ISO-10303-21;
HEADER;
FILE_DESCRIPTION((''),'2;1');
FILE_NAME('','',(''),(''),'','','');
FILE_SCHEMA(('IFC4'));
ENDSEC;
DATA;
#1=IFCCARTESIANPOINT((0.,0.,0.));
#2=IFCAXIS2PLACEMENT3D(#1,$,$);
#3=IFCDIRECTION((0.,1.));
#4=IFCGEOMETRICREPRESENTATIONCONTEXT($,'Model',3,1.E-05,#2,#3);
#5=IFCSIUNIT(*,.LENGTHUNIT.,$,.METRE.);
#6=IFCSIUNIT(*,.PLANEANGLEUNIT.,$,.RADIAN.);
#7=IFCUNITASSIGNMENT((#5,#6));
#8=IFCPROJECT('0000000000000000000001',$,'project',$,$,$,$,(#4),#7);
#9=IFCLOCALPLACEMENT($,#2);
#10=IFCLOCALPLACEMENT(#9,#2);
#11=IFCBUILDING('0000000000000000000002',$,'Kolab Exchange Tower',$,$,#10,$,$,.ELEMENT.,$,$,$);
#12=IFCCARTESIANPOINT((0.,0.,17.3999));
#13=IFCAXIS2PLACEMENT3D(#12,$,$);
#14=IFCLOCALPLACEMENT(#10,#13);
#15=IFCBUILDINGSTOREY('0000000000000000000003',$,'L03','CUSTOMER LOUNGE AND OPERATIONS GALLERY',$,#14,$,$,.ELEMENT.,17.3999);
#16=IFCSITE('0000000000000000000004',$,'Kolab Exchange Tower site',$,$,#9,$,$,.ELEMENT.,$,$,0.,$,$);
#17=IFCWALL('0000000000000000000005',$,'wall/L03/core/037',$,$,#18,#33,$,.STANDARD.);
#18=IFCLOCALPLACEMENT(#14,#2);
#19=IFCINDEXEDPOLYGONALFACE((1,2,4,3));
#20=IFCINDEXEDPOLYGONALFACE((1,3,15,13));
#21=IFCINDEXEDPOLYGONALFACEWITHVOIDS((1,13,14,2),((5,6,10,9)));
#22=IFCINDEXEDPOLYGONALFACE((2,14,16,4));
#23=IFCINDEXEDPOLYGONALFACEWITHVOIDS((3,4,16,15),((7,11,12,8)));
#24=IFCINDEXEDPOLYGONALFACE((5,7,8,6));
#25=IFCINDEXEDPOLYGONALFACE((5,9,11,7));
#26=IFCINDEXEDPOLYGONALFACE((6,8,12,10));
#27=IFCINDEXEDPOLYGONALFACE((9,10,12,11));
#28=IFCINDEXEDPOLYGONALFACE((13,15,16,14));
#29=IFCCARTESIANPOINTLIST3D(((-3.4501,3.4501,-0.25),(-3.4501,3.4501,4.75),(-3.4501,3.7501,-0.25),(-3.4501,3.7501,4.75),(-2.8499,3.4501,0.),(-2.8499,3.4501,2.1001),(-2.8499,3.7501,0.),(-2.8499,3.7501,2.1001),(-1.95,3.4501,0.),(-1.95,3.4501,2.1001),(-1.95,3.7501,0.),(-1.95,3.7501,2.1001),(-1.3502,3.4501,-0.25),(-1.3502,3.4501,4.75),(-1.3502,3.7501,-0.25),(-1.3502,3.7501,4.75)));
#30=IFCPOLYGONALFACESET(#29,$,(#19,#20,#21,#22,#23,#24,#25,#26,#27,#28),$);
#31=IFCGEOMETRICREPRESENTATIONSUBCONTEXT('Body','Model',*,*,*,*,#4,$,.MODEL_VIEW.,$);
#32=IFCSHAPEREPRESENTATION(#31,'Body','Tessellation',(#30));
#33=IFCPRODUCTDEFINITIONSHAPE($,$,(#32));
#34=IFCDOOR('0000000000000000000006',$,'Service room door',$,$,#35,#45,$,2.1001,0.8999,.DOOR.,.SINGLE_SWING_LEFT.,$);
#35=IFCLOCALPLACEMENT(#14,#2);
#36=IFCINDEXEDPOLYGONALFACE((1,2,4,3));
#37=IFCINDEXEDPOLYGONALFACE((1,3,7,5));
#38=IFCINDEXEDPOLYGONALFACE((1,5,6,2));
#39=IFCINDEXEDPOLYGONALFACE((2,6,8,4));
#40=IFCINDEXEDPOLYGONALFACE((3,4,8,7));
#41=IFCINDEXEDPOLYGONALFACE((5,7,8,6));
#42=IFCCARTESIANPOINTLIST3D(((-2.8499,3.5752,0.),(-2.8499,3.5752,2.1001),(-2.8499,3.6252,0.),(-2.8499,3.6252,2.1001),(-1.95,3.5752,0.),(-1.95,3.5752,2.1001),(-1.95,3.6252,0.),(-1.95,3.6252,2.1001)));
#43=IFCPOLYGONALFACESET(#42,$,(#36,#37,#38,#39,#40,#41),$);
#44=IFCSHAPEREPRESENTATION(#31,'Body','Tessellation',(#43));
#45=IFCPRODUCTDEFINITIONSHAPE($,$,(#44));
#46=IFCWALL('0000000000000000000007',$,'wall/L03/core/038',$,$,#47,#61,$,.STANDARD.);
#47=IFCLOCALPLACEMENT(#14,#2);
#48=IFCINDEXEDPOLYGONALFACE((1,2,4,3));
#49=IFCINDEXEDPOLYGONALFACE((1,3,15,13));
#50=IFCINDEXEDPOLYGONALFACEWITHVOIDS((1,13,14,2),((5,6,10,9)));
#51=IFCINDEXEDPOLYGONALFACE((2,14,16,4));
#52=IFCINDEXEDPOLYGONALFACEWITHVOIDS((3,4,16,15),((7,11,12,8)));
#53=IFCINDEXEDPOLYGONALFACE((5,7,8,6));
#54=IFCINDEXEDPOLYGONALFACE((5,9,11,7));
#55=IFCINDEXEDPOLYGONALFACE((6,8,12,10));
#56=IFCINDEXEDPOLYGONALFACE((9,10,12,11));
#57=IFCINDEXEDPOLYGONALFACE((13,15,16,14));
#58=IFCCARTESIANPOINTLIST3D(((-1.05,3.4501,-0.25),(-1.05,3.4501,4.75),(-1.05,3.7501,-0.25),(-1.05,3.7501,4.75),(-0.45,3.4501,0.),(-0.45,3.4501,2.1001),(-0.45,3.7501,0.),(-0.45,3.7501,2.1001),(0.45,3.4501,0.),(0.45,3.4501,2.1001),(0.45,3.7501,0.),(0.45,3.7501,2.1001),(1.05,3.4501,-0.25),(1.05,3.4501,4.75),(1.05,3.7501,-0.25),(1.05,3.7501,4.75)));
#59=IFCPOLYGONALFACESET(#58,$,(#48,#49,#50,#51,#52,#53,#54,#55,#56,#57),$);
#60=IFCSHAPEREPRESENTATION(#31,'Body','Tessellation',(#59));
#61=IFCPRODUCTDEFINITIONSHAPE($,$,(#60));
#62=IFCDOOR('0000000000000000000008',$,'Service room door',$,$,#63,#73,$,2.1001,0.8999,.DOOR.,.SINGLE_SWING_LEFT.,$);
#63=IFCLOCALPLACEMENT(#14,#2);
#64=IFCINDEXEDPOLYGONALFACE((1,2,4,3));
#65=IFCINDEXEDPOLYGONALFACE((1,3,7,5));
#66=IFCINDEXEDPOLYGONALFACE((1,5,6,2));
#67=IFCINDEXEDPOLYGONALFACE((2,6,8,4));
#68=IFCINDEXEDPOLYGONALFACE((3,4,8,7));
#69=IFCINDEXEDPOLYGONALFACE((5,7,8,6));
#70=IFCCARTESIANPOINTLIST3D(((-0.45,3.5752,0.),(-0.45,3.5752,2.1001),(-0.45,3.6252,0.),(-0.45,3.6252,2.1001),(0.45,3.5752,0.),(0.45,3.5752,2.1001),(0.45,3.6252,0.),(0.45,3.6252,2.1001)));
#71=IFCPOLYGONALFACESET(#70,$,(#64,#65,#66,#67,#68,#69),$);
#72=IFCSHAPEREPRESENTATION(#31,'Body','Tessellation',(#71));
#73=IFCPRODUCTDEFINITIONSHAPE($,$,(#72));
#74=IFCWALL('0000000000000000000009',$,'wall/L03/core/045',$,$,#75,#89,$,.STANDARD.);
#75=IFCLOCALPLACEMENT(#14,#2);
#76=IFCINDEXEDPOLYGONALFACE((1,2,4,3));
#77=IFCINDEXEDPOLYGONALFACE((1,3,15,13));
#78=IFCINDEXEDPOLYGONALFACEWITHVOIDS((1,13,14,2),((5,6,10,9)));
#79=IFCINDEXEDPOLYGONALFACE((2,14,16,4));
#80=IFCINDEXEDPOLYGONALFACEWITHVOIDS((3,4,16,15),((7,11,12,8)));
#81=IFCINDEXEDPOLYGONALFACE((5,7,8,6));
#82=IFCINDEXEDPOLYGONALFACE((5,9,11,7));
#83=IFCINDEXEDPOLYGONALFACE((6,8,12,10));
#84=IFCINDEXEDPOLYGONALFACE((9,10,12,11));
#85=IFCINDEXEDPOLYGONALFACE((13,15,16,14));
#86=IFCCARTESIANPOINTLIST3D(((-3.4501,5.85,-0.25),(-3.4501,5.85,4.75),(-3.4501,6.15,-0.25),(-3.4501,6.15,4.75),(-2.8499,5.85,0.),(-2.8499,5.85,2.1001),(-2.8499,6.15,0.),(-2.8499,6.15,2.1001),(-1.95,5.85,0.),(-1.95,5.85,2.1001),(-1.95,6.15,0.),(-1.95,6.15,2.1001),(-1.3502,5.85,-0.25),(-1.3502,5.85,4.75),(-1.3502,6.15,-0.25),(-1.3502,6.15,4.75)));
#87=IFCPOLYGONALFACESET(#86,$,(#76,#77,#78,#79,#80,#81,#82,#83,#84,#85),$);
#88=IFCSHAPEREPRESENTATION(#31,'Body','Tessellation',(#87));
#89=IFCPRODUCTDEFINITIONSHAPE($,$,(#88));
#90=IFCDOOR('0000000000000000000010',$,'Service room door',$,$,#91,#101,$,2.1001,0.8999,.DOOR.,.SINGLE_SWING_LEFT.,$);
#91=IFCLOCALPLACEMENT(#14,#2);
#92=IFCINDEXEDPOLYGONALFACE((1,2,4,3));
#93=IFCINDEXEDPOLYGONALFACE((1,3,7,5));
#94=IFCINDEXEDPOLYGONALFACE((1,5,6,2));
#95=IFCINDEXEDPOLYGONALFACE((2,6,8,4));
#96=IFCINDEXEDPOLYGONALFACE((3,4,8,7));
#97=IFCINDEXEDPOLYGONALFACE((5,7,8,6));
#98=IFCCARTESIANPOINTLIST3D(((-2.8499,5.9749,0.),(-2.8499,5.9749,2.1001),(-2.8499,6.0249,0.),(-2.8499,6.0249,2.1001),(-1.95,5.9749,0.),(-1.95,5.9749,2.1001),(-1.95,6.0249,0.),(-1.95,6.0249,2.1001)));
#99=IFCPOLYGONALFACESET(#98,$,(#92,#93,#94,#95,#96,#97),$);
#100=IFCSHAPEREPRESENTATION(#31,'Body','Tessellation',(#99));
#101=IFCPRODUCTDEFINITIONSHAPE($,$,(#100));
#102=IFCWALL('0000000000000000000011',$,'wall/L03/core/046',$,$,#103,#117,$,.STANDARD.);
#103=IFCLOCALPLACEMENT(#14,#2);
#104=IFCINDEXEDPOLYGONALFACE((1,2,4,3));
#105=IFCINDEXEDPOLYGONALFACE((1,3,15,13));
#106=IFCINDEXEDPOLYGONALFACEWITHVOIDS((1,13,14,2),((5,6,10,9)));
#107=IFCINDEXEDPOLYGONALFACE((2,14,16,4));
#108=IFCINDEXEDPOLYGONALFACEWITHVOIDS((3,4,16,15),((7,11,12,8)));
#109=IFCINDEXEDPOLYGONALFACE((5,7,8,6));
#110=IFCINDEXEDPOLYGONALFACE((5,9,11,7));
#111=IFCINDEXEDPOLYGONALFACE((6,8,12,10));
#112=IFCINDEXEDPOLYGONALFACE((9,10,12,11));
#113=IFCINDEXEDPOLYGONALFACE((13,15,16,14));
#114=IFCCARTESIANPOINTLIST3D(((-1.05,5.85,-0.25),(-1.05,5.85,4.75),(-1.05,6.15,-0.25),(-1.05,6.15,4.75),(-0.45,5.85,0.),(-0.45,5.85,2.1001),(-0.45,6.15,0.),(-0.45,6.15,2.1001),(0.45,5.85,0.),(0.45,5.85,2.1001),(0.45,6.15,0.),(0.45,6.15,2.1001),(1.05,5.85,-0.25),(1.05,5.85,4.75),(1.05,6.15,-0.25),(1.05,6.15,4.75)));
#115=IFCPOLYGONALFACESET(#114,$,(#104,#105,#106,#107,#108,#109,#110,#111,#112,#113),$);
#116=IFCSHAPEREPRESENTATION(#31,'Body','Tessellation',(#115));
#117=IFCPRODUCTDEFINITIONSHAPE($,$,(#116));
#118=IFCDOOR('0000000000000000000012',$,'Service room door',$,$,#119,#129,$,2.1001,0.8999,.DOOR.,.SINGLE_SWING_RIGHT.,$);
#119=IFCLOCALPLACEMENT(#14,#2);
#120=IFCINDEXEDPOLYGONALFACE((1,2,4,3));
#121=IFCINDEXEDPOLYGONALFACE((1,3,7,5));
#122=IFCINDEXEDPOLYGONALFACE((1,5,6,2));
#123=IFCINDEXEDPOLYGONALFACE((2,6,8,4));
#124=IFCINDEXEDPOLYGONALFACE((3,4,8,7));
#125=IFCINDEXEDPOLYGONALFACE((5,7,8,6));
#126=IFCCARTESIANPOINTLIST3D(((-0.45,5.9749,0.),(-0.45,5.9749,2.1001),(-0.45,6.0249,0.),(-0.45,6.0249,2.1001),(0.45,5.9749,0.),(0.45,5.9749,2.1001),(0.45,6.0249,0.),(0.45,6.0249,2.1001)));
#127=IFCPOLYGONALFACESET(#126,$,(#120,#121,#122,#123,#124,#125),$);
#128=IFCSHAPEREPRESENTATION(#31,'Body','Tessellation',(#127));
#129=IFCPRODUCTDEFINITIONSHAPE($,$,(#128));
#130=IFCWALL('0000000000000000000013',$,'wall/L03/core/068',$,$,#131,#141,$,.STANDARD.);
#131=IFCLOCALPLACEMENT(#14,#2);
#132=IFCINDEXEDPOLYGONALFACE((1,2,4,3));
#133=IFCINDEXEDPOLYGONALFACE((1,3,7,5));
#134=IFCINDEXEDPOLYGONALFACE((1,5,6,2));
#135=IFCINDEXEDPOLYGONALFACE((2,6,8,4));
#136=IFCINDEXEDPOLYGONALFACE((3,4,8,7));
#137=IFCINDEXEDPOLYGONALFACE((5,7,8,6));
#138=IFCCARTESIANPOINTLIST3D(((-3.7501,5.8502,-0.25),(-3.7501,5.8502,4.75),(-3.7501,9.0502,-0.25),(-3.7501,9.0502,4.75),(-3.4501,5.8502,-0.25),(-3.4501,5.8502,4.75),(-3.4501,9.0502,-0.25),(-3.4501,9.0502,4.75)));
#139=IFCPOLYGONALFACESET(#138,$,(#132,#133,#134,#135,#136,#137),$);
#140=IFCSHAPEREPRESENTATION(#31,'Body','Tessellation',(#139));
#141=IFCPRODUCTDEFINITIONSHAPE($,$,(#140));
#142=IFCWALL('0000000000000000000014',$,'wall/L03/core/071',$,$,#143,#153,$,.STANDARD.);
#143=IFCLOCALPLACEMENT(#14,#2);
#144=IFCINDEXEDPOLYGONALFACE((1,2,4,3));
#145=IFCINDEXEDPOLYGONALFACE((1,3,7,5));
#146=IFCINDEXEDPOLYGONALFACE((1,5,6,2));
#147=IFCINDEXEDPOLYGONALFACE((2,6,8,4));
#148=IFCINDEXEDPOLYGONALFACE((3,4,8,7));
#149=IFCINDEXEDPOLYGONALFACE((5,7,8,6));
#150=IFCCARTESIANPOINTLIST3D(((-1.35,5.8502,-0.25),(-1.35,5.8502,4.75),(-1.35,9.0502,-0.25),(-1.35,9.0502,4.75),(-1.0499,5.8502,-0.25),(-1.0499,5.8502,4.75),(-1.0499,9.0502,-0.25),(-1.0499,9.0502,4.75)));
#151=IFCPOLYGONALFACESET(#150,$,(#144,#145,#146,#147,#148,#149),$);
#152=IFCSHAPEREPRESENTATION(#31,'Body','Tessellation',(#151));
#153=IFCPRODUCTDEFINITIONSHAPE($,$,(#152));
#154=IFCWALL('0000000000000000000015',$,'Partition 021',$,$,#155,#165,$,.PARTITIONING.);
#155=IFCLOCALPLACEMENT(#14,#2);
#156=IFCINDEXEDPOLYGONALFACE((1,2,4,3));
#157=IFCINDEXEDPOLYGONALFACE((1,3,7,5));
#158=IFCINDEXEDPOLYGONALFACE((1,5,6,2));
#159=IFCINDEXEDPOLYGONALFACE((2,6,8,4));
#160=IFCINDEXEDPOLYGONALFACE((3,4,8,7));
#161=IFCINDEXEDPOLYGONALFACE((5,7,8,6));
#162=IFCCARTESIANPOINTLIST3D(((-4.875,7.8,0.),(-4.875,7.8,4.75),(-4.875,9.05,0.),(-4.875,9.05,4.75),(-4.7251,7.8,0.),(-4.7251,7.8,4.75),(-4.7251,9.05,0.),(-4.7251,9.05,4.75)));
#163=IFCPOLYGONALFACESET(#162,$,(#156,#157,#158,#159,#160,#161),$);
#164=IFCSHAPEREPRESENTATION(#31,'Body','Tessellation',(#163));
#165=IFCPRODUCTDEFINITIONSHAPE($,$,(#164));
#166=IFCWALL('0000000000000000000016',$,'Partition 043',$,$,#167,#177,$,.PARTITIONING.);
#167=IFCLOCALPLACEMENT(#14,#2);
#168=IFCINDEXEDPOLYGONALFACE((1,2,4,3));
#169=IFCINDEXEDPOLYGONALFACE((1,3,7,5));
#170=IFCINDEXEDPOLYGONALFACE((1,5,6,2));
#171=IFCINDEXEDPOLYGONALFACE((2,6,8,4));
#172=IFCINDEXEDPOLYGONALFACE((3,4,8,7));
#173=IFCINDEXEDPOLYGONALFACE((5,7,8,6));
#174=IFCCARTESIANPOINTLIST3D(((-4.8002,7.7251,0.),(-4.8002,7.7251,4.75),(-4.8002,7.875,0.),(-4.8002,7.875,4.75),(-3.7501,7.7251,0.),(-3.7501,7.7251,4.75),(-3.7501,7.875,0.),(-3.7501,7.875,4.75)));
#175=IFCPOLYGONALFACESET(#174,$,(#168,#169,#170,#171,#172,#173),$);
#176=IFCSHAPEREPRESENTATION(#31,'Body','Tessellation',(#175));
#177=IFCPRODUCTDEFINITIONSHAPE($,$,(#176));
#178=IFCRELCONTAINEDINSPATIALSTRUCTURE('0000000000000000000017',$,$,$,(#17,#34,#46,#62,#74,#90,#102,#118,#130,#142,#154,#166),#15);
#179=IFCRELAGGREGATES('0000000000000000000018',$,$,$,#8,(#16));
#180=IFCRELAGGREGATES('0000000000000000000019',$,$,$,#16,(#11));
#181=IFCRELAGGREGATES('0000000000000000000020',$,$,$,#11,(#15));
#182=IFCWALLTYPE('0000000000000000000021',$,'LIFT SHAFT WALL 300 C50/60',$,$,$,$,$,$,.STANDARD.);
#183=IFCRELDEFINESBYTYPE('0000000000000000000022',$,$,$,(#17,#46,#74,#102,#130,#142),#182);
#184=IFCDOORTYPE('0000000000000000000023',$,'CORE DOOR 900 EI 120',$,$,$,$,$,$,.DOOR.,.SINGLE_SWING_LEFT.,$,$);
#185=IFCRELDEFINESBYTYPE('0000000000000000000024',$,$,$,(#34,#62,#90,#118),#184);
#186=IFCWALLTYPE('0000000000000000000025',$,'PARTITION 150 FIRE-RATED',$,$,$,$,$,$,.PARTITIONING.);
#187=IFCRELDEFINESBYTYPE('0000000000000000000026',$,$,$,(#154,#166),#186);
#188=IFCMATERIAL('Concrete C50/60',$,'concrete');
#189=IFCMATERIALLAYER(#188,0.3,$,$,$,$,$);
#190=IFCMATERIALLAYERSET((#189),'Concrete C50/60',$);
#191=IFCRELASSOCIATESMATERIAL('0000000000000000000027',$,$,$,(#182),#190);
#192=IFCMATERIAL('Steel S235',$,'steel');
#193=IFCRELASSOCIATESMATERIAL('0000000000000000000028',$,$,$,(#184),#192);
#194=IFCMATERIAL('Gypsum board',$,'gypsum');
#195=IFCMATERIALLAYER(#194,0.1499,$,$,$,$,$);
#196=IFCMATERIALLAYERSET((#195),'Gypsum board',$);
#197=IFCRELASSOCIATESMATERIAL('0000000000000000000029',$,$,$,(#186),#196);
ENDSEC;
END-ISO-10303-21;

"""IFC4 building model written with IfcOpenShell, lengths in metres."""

from ifc_helpers import new_model, si_unit, direction, frame, frame_2d, origin, place, context, subcontext, project, spatial, rectangle, extrude, material, layer, layer_set, type_object, element, fill, save


model = new_model("IFC4")

# Units and contexts
model_context = context("Model", 3, precision=1e-05, world=origin(), true_north=direction((0.0, 1.0)))
body_context = subcontext(model_context, "Body", "Model", "MODEL_VIEW")
ifc_project = project(units=[si_unit("LENGTHUNIT", "METRE"), si_unit("PLANEANGLEUNIT", "RADIAN")], contexts=[model_context])

# Site, building, storey
site_placement = place(None, origin())
site = spatial("IfcSite", under=ifc_project, at=site_placement, Name="Kolab Exchange Tower site", CompositionType="ELEMENT", RefElevation=0.0)
building_placement = place(site_placement, origin())
building = spatial("IfcBuilding", under=site, at=building_placement, Name="Kolab Exchange Tower", CompositionType="ELEMENT")
storey_placement = place(building_placement, frame((0.0, 0.0, 17.3999)))
storey = spatial("IfcBuildingStorey", under=building, at=storey_placement, Name="L03", Description="CUSTOMER LOUNGE AND OPERATIONS GALLERY", CompositionType="ELEMENT", Elevation=17.3999)

# Shared definitions
ifc_material_1 = material(Name="Concrete C50/60", Category="concrete")
ifc_layer_1 = layer(ifc_material_1, 0.3)
ifc_layer_set_1 = layer_set([ifc_layer_1], Name="Concrete C50/60")
wall_type_1 = type_object("IfcWallType", Name="LIFT SHAFT WALL 300 C50/60", PredefinedType="STANDARD", material=ifc_layer_set_1)

# Walls, openings, doors
wall_1_placement = place(storey_placement, frame((-3.45, 3.6001, -0.25), z_axis=(0.0, 0.0, 1.0), x_axis=(1.0, 0.0, 0.0)))
wall_1 = element("IfcWall", 1, at=wall_1_placement, inside=storey, type_object=wall_type_1, Name="wall/L03/core/037", PredefinedType="STANDARD", context=body_context, shape_type="SweptSolid", body=[
    extrude(rectangle(XDim=2.0999, YDim=0.3, at=frame_2d((1.0498, 0.0))), origin(), (0.0, 0.0, 1.0), 5.0),
])
opening_1_placement = place(wall_1_placement, frame((0.6001, 0.0, 0.25)))
opening_1 = element("IfcOpeningElement", 2, at=opening_1_placement, cuts=wall_1, PredefinedType="OPENING", context=body_context, shape_type="SweptSolid", body=[
    extrude(rectangle(XDim=0.8999, YDim=2.1001, at=frame_2d((0.45, 1.05))), frame((0.0, 0.1602, 0.0), z_axis=(0.0, -1.0, 0.0), x_axis=(1.0, 0.0, 0.0)), (0.0, 0.0, 1.0), 0.3201),
])
ifc_material_2 = material(Name="Steel S235", Category="steel")
door_type = type_object("IfcDoorType", Name="CORE DOOR 900 EI 120", OperationType="SINGLE_SWING_LEFT", PredefinedType="DOOR", material=ifc_material_2)
door_1_placement = place(opening_1_placement, frame((0.8999, 0.0, 0.0), z_axis=(0.0, 0.0, 1.0), x_axis=(-1.0, 0.0, 0.0)))
door_1 = element("IfcDoor", 3, at=door_1_placement, inside=storey, type_object=door_type, Name="Service room door", OperationType="SINGLE_SWING_LEFT", OverallHeight=2.1001, OverallWidth=0.8999, PredefinedType="DOOR", context=body_context, shape_type="SweptSolid", body=[
    extrude(rectangle(XDim=0.8999, YDim=2.1001, at=frame_2d((0.45, 1.05))), frame((0.0, 0.0249, 0.0), z_axis=(0.0, -1.0, 0.0), x_axis=(1.0, 0.0, 0.0)), (0.0, 0.0, 1.0), 0.05),
])
fill(opening_1, door_1)
wall_2_placement = place(storey_placement, frame((-1.05, 3.6001, -0.25), z_axis=(0.0, 0.0, 1.0), x_axis=(1.0, 0.0, 0.0)))
wall_2 = element("IfcWall", 4, at=wall_2_placement, inside=storey, type_object=wall_type_1, Name="wall/L03/core/038", PredefinedType="STANDARD", context=body_context, shape_type="SweptSolid", body=[
    extrude(rectangle(XDim=2.1001, YDim=0.3, at=frame_2d((1.05, 0.0))), origin(), (0.0, 0.0, 1.0), 5.0),
])
opening_2_placement = place(wall_2_placement, frame((0.6001, 0.0, 0.25)))
opening_2 = element("IfcOpeningElement", 5, at=opening_2_placement, cuts=wall_2, PredefinedType="OPENING", context=body_context, shape_type="SweptSolid", body=[
    extrude(rectangle(XDim=0.8999, YDim=2.1001, at=frame_2d((0.45, 1.05))), frame((0.0, 0.1602, 0.0), z_axis=(0.0, -1.0, 0.0), x_axis=(1.0, 0.0, 0.0)), (0.0, 0.0, 1.0), 0.3201),
])
door_2_placement = place(opening_2_placement, frame((0.8999, 0.0, 0.0), z_axis=(0.0, 0.0, 1.0), x_axis=(-1.0, 0.0, 0.0)))
door_2 = element("IfcDoor", 6, at=door_2_placement, inside=storey, type_object=door_type, Name="Service room door", OperationType="SINGLE_SWING_LEFT", OverallHeight=2.1001, OverallWidth=0.8999, PredefinedType="DOOR", context=body_context, shape_type="SweptSolid", body=[
    extrude(rectangle(XDim=0.8999, YDim=2.1001, at=frame_2d((0.45, 1.05))), frame((0.0, 0.0249, 0.0), z_axis=(0.0, -1.0, 0.0), x_axis=(1.0, 0.0, 0.0)), (0.0, 0.0, 1.0), 0.05),
])
fill(opening_2, door_2)
wall_3_placement = place(storey_placement, frame((-3.45, 6.0, -0.25), z_axis=(0.0, 0.0, 1.0), x_axis=(1.0, 0.0, 0.0)))
wall_3 = element("IfcWall", 7, at=wall_3_placement, inside=storey, type_object=wall_type_1, Name="wall/L03/core/045", PredefinedType="STANDARD", context=body_context, shape_type="SweptSolid", body=[
    extrude(rectangle(XDim=2.0999, YDim=0.3, at=frame_2d((1.0498, 0.0))), origin(), (0.0, 0.0, 1.0), 5.0),
])
opening_3_placement = place(wall_3_placement, frame((0.6001, 0.0, 0.25)))
opening_3 = element("IfcOpeningElement", 8, at=opening_3_placement, cuts=wall_3, PredefinedType="OPENING", context=body_context, shape_type="SweptSolid", body=[
    extrude(rectangle(XDim=0.8999, YDim=2.1001, at=frame_2d((0.45, 1.05))), frame((0.0, 0.1602, 0.0), z_axis=(0.0, -1.0, 0.0), x_axis=(1.0, 0.0, 0.0)), (0.0, 0.0, 1.0), 0.3201),
])
door_3_placement = place(opening_3_placement, origin())
door_3 = element("IfcDoor", 9, at=door_3_placement, inside=storey, type_object=door_type, Name="Service room door", OperationType="SINGLE_SWING_LEFT", OverallHeight=2.1001, OverallWidth=0.8999, PredefinedType="DOOR", context=body_context, shape_type="SweptSolid", body=[
    extrude(rectangle(XDim=0.8999, YDim=2.1001, at=frame_2d((0.45, 1.05))), frame((0.0, 0.0249, 0.0), z_axis=(0.0, -1.0, 0.0), x_axis=(1.0, 0.0, 0.0)), (0.0, 0.0, 1.0), 0.05),
])
fill(opening_3, door_3)
wall_4_placement = place(storey_placement, frame((-1.05, 6.0, -0.25), z_axis=(0.0, 0.0, 1.0), x_axis=(1.0, 0.0, 0.0)))
wall_4 = element("IfcWall", 10, at=wall_4_placement, inside=storey, type_object=wall_type_1, Name="wall/L03/core/046", PredefinedType="STANDARD", context=body_context, shape_type="SweptSolid", body=[
    extrude(rectangle(XDim=2.1001, YDim=0.3, at=frame_2d((1.05, 0.0))), origin(), (0.0, 0.0, 1.0), 5.0),
])
opening_4_placement = place(wall_4_placement, frame((0.6001, 0.0, 0.25)))
opening_4 = element("IfcOpeningElement", 11, at=opening_4_placement, cuts=wall_4, PredefinedType="OPENING", context=body_context, shape_type="SweptSolid", body=[
    extrude(rectangle(XDim=0.8999, YDim=2.1001, at=frame_2d((0.45, 1.05))), frame((0.0, 0.1602, 0.0), z_axis=(0.0, -1.0, 0.0), x_axis=(1.0, 0.0, 0.0)), (0.0, 0.0, 1.0), 0.3201),
])
door_4_placement = place(opening_4_placement, origin())
door_4 = element("IfcDoor", 12, at=door_4_placement, inside=storey, type_object=door_type, Name="Service room door", OperationType="SINGLE_SWING_RIGHT", OverallHeight=2.1001, OverallWidth=0.8999, PredefinedType="DOOR", context=body_context, shape_type="SweptSolid", body=[
    extrude(rectangle(XDim=0.8999, YDim=2.1001, at=frame_2d((0.45, 1.05))), frame((0.0, 0.0249, 0.0), z_axis=(0.0, -1.0, 0.0), x_axis=(1.0, 0.0, 0.0)), (0.0, 0.0, 1.0), 0.05),
])
fill(opening_4, door_4)

# Walls
for number, where, z_axis, x_axis, name in (
    (13, (-3.6001, 5.8501, -0.25), (0.0, 0.0, 1.0), (0.0, 1.0, 0.0), "wall/L03/core/068"),
    (14, (-1.2, 5.8501, -0.25), (0.0, 0.0, 1.0), (0.0, 1.0, 0.0), "wall/L03/core/071"),
):
    element("IfcWall", number, at=place(storey_placement, frame(where, z_axis=z_axis, x_axis=x_axis)), inside=storey, type_object=wall_type_1, Name=name, PredefinedType="STANDARD", context=body_context, shape_type="SweptSolid", body=[
        extrude(rectangle(XDim=3.2, YDim=0.3, at=frame_2d((1.6001, 0.0))), origin(), (0.0, 0.0, 1.0), 5.0),
    ])
ifc_material_3 = material(Name="Gypsum board", Category="gypsum")
ifc_layer_2 = layer(ifc_material_3, 0.1499)
ifc_layer_set_2 = layer_set([ifc_layer_2], Name="Gypsum board")
wall_type_2 = type_object("IfcWallType", Name="PARTITION 150 FIRE-RATED", PredefinedType="PARTITIONING", material=ifc_layer_set_2)
wall_5_placement = place(storey_placement, frame((-4.8, 7.8, 0.0), z_axis=(0.0, 0.0, 1.0), x_axis=(0.0, 1.0, 0.0)))
element("IfcWall", 15, at=wall_5_placement, inside=storey, type_object=wall_type_2, Name="Partition 021", PredefinedType="PARTITIONING", context=body_context, shape_type="SweptSolid", body=[
    extrude(rectangle(XDim=1.25, YDim=0.1499, at=frame_2d((0.625, 0.0))), origin(), (0.0, 0.0, 1.0), 4.75),
])
wall_6_placement = place(storey_placement, frame((-4.8, 7.8, 0.0), z_axis=(0.0, 0.0, 1.0), x_axis=(1.0, 0.0, 0.0)))
element("IfcWall", 16, at=wall_6_placement, inside=storey, type_object=wall_type_2, Name="Partition 043", PredefinedType="PARTITIONING", context=body_context, shape_type="SweptSolid", body=[
    extrude(rectangle(XDim=1.05, YDim=0.1499, at=frame_2d((0.5249, 0.0))), origin(), (0.0, 0.0, 1.0), 4.75),
])

save(model, "model.ifc")
